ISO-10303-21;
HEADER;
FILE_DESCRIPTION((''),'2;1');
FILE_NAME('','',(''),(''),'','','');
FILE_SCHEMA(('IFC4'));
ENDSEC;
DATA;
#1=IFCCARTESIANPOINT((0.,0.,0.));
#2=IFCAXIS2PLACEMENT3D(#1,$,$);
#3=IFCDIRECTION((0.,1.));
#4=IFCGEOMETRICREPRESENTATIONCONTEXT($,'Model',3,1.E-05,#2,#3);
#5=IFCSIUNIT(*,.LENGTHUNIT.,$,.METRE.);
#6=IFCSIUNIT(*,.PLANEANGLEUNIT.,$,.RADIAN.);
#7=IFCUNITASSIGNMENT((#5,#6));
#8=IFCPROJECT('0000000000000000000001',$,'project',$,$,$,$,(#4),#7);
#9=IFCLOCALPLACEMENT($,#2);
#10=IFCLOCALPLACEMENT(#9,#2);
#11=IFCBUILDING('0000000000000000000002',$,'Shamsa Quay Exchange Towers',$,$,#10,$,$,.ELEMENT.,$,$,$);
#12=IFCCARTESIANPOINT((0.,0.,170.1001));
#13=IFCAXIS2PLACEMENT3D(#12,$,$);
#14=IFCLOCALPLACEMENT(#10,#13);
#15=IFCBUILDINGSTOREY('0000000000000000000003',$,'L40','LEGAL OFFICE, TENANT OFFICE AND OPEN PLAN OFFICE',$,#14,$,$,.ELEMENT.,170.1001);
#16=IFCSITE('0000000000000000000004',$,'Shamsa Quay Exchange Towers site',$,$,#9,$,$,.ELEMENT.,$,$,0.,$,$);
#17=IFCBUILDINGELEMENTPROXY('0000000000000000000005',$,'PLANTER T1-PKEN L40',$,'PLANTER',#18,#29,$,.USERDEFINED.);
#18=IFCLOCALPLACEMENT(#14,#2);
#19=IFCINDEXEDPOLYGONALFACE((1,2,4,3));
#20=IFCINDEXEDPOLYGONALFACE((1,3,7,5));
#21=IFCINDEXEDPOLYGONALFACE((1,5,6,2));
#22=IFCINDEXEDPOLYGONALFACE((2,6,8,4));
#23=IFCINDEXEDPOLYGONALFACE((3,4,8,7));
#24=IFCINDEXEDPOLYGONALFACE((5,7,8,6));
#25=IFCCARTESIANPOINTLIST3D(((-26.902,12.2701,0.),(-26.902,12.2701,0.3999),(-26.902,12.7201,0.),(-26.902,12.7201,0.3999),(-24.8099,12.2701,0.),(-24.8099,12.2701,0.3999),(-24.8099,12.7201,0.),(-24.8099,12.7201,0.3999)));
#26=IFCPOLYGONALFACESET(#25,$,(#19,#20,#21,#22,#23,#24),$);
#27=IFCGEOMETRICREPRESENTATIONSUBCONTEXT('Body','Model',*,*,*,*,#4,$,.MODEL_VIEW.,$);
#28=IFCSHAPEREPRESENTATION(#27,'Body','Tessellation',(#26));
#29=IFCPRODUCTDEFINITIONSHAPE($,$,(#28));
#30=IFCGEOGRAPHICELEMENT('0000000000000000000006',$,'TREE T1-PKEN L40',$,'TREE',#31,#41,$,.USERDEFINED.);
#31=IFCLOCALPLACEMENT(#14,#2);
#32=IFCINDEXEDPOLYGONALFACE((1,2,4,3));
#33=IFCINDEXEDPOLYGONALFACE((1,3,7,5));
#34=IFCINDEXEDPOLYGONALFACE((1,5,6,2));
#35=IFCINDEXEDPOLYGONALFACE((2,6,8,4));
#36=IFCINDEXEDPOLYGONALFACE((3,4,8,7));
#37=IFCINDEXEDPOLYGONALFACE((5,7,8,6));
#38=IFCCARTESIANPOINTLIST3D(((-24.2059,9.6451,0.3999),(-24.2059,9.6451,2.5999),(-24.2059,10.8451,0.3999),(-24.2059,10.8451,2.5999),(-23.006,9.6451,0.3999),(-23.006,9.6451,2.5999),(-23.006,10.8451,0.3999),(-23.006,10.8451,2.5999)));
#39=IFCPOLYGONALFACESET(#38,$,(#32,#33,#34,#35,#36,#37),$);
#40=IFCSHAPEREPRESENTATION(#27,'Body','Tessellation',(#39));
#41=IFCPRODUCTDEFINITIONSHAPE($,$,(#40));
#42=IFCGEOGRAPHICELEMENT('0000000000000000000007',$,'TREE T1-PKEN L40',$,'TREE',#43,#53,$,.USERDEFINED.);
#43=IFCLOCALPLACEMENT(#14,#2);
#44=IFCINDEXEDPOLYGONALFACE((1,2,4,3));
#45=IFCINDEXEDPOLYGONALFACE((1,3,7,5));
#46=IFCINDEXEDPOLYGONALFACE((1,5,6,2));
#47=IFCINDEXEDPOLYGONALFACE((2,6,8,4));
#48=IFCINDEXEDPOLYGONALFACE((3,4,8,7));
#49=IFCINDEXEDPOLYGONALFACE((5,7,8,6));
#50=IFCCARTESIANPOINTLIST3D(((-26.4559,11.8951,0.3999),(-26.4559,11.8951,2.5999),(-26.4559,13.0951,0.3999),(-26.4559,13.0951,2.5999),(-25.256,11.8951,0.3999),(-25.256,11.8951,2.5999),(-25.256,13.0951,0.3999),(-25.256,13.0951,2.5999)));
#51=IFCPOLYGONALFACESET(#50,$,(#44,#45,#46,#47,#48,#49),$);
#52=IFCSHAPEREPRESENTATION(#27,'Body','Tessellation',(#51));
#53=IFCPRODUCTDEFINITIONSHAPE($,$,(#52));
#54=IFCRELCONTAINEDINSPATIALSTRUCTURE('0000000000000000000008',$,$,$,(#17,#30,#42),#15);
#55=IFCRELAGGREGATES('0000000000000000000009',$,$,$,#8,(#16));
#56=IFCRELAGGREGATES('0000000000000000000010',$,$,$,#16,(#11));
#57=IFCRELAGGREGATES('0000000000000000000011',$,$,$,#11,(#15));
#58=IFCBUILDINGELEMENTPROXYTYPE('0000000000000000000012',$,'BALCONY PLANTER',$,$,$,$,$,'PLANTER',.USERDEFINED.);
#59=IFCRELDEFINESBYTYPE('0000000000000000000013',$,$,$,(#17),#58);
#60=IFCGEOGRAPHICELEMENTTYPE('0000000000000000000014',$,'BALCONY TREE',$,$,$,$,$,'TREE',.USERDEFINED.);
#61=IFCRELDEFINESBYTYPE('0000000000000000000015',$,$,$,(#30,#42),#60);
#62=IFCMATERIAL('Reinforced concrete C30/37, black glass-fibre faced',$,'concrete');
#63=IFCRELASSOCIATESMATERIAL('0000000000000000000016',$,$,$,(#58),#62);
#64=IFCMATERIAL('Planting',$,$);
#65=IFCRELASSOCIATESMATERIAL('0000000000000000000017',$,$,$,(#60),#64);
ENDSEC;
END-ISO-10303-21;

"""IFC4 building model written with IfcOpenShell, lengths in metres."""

from ifc_helpers import new_model, si_unit, direction, frame, origin, origin_2d, place, context, subcontext, project, spatial, rectangle, extrude, material, type_object, element, save


model = new_model("IFC4")

# Units and contexts
model_context = context("Model", 3, precision=1e-05, world=origin(), true_north=direction((0.0, 1.0)))
body_context = subcontext(model_context, "Body", "Model", "MODEL_VIEW")
ifc_project = project(units=[si_unit("LENGTHUNIT", "METRE"), si_unit("PLANEANGLEUNIT", "RADIAN")], contexts=[model_context])

# Site, building, storey
site_placement = place(None, origin())
site = spatial("IfcSite", under=ifc_project, at=site_placement, Name="Shamsa Quay Exchange Towers site", CompositionType="ELEMENT", RefElevation=0.0)
building_placement = place(site_placement, origin())
building = spatial("IfcBuilding", under=site, at=building_placement, Name="Shamsa Quay Exchange Towers", CompositionType="ELEMENT")
storey_placement = place(building_placement, frame((0.0, 0.0, 170.1001)))
storey = spatial("IfcBuildingStorey", under=building, at=storey_placement, Name="L40", Description="LEGAL OFFICE, TENANT OFFICE AND OPEN PLAN OFFICE", CompositionType="ELEMENT", Elevation=170.1001)

# Building element proxy
ifc_material_1 = material(Name="Reinforced concrete C30/37, black glass-fibre faced", Category="concrete")
building_element_proxy_type = type_object("IfcBuildingElementProxyType", Name="BALCONY PLANTER", ElementType="PLANTER", PredefinedType="USERDEFINED", material=ifc_material_1)
for number, where, z_axis, x_axis, name in (
    (1, (-25.856, 12.4951, 0.0), (0.0, 0.0, 1.0), (-1.0, 0.0, 0.0), "PLANTER T1-PKEN L40"),
):
    element("IfcBuildingElementProxy", number, at=place(storey_placement, frame(where, z_axis=z_axis, x_axis=x_axis)), inside=storey, type_object=building_element_proxy_type, Name=name, ObjectType="PLANTER", PredefinedType="USERDEFINED", context=body_context, shape_type="SweptSolid", body=[
        extrude(rectangle(XDim=2.092, YDim=0.45, at=origin_2d()), origin(), (0.0, 0.0, 1.0), 0.3999),
    ])

# Geographic elements
ifc_material_2 = material(Name="Planting")
geographic_element_type = type_object("IfcGeographicElementType", Name="BALCONY TREE", ElementType="TREE", PredefinedType="USERDEFINED", material=ifc_material_2)
for number, where, z_axis, x_axis, name in (
    (2, (-23.606, 10.2451, 0.3999), (0.0, 0.0, 1.0), (-1.0, 0.0, 0.0), "TREE T1-PKEN L40"),
    (3, (-25.856, 12.4951, 0.3999), (0.0, 0.0, 1.0), (-1.0, 0.0, 0.0), "TREE T1-PKEN L40"),
):
    element("IfcGeographicElement", number, at=place(storey_placement, frame(where, z_axis=z_axis, x_axis=x_axis)), inside=storey, type_object=geographic_element_type, Name=name, ObjectType="TREE", PredefinedType="USERDEFINED", context=body_context, shape_type="SweptSolid", body=[
        extrude(rectangle(XDim=1.2, YDim=1.2, at=origin_2d()), origin(), (0.0, 0.0, 1.0), 2.2),
    ])

save(model, "model.ifc")
